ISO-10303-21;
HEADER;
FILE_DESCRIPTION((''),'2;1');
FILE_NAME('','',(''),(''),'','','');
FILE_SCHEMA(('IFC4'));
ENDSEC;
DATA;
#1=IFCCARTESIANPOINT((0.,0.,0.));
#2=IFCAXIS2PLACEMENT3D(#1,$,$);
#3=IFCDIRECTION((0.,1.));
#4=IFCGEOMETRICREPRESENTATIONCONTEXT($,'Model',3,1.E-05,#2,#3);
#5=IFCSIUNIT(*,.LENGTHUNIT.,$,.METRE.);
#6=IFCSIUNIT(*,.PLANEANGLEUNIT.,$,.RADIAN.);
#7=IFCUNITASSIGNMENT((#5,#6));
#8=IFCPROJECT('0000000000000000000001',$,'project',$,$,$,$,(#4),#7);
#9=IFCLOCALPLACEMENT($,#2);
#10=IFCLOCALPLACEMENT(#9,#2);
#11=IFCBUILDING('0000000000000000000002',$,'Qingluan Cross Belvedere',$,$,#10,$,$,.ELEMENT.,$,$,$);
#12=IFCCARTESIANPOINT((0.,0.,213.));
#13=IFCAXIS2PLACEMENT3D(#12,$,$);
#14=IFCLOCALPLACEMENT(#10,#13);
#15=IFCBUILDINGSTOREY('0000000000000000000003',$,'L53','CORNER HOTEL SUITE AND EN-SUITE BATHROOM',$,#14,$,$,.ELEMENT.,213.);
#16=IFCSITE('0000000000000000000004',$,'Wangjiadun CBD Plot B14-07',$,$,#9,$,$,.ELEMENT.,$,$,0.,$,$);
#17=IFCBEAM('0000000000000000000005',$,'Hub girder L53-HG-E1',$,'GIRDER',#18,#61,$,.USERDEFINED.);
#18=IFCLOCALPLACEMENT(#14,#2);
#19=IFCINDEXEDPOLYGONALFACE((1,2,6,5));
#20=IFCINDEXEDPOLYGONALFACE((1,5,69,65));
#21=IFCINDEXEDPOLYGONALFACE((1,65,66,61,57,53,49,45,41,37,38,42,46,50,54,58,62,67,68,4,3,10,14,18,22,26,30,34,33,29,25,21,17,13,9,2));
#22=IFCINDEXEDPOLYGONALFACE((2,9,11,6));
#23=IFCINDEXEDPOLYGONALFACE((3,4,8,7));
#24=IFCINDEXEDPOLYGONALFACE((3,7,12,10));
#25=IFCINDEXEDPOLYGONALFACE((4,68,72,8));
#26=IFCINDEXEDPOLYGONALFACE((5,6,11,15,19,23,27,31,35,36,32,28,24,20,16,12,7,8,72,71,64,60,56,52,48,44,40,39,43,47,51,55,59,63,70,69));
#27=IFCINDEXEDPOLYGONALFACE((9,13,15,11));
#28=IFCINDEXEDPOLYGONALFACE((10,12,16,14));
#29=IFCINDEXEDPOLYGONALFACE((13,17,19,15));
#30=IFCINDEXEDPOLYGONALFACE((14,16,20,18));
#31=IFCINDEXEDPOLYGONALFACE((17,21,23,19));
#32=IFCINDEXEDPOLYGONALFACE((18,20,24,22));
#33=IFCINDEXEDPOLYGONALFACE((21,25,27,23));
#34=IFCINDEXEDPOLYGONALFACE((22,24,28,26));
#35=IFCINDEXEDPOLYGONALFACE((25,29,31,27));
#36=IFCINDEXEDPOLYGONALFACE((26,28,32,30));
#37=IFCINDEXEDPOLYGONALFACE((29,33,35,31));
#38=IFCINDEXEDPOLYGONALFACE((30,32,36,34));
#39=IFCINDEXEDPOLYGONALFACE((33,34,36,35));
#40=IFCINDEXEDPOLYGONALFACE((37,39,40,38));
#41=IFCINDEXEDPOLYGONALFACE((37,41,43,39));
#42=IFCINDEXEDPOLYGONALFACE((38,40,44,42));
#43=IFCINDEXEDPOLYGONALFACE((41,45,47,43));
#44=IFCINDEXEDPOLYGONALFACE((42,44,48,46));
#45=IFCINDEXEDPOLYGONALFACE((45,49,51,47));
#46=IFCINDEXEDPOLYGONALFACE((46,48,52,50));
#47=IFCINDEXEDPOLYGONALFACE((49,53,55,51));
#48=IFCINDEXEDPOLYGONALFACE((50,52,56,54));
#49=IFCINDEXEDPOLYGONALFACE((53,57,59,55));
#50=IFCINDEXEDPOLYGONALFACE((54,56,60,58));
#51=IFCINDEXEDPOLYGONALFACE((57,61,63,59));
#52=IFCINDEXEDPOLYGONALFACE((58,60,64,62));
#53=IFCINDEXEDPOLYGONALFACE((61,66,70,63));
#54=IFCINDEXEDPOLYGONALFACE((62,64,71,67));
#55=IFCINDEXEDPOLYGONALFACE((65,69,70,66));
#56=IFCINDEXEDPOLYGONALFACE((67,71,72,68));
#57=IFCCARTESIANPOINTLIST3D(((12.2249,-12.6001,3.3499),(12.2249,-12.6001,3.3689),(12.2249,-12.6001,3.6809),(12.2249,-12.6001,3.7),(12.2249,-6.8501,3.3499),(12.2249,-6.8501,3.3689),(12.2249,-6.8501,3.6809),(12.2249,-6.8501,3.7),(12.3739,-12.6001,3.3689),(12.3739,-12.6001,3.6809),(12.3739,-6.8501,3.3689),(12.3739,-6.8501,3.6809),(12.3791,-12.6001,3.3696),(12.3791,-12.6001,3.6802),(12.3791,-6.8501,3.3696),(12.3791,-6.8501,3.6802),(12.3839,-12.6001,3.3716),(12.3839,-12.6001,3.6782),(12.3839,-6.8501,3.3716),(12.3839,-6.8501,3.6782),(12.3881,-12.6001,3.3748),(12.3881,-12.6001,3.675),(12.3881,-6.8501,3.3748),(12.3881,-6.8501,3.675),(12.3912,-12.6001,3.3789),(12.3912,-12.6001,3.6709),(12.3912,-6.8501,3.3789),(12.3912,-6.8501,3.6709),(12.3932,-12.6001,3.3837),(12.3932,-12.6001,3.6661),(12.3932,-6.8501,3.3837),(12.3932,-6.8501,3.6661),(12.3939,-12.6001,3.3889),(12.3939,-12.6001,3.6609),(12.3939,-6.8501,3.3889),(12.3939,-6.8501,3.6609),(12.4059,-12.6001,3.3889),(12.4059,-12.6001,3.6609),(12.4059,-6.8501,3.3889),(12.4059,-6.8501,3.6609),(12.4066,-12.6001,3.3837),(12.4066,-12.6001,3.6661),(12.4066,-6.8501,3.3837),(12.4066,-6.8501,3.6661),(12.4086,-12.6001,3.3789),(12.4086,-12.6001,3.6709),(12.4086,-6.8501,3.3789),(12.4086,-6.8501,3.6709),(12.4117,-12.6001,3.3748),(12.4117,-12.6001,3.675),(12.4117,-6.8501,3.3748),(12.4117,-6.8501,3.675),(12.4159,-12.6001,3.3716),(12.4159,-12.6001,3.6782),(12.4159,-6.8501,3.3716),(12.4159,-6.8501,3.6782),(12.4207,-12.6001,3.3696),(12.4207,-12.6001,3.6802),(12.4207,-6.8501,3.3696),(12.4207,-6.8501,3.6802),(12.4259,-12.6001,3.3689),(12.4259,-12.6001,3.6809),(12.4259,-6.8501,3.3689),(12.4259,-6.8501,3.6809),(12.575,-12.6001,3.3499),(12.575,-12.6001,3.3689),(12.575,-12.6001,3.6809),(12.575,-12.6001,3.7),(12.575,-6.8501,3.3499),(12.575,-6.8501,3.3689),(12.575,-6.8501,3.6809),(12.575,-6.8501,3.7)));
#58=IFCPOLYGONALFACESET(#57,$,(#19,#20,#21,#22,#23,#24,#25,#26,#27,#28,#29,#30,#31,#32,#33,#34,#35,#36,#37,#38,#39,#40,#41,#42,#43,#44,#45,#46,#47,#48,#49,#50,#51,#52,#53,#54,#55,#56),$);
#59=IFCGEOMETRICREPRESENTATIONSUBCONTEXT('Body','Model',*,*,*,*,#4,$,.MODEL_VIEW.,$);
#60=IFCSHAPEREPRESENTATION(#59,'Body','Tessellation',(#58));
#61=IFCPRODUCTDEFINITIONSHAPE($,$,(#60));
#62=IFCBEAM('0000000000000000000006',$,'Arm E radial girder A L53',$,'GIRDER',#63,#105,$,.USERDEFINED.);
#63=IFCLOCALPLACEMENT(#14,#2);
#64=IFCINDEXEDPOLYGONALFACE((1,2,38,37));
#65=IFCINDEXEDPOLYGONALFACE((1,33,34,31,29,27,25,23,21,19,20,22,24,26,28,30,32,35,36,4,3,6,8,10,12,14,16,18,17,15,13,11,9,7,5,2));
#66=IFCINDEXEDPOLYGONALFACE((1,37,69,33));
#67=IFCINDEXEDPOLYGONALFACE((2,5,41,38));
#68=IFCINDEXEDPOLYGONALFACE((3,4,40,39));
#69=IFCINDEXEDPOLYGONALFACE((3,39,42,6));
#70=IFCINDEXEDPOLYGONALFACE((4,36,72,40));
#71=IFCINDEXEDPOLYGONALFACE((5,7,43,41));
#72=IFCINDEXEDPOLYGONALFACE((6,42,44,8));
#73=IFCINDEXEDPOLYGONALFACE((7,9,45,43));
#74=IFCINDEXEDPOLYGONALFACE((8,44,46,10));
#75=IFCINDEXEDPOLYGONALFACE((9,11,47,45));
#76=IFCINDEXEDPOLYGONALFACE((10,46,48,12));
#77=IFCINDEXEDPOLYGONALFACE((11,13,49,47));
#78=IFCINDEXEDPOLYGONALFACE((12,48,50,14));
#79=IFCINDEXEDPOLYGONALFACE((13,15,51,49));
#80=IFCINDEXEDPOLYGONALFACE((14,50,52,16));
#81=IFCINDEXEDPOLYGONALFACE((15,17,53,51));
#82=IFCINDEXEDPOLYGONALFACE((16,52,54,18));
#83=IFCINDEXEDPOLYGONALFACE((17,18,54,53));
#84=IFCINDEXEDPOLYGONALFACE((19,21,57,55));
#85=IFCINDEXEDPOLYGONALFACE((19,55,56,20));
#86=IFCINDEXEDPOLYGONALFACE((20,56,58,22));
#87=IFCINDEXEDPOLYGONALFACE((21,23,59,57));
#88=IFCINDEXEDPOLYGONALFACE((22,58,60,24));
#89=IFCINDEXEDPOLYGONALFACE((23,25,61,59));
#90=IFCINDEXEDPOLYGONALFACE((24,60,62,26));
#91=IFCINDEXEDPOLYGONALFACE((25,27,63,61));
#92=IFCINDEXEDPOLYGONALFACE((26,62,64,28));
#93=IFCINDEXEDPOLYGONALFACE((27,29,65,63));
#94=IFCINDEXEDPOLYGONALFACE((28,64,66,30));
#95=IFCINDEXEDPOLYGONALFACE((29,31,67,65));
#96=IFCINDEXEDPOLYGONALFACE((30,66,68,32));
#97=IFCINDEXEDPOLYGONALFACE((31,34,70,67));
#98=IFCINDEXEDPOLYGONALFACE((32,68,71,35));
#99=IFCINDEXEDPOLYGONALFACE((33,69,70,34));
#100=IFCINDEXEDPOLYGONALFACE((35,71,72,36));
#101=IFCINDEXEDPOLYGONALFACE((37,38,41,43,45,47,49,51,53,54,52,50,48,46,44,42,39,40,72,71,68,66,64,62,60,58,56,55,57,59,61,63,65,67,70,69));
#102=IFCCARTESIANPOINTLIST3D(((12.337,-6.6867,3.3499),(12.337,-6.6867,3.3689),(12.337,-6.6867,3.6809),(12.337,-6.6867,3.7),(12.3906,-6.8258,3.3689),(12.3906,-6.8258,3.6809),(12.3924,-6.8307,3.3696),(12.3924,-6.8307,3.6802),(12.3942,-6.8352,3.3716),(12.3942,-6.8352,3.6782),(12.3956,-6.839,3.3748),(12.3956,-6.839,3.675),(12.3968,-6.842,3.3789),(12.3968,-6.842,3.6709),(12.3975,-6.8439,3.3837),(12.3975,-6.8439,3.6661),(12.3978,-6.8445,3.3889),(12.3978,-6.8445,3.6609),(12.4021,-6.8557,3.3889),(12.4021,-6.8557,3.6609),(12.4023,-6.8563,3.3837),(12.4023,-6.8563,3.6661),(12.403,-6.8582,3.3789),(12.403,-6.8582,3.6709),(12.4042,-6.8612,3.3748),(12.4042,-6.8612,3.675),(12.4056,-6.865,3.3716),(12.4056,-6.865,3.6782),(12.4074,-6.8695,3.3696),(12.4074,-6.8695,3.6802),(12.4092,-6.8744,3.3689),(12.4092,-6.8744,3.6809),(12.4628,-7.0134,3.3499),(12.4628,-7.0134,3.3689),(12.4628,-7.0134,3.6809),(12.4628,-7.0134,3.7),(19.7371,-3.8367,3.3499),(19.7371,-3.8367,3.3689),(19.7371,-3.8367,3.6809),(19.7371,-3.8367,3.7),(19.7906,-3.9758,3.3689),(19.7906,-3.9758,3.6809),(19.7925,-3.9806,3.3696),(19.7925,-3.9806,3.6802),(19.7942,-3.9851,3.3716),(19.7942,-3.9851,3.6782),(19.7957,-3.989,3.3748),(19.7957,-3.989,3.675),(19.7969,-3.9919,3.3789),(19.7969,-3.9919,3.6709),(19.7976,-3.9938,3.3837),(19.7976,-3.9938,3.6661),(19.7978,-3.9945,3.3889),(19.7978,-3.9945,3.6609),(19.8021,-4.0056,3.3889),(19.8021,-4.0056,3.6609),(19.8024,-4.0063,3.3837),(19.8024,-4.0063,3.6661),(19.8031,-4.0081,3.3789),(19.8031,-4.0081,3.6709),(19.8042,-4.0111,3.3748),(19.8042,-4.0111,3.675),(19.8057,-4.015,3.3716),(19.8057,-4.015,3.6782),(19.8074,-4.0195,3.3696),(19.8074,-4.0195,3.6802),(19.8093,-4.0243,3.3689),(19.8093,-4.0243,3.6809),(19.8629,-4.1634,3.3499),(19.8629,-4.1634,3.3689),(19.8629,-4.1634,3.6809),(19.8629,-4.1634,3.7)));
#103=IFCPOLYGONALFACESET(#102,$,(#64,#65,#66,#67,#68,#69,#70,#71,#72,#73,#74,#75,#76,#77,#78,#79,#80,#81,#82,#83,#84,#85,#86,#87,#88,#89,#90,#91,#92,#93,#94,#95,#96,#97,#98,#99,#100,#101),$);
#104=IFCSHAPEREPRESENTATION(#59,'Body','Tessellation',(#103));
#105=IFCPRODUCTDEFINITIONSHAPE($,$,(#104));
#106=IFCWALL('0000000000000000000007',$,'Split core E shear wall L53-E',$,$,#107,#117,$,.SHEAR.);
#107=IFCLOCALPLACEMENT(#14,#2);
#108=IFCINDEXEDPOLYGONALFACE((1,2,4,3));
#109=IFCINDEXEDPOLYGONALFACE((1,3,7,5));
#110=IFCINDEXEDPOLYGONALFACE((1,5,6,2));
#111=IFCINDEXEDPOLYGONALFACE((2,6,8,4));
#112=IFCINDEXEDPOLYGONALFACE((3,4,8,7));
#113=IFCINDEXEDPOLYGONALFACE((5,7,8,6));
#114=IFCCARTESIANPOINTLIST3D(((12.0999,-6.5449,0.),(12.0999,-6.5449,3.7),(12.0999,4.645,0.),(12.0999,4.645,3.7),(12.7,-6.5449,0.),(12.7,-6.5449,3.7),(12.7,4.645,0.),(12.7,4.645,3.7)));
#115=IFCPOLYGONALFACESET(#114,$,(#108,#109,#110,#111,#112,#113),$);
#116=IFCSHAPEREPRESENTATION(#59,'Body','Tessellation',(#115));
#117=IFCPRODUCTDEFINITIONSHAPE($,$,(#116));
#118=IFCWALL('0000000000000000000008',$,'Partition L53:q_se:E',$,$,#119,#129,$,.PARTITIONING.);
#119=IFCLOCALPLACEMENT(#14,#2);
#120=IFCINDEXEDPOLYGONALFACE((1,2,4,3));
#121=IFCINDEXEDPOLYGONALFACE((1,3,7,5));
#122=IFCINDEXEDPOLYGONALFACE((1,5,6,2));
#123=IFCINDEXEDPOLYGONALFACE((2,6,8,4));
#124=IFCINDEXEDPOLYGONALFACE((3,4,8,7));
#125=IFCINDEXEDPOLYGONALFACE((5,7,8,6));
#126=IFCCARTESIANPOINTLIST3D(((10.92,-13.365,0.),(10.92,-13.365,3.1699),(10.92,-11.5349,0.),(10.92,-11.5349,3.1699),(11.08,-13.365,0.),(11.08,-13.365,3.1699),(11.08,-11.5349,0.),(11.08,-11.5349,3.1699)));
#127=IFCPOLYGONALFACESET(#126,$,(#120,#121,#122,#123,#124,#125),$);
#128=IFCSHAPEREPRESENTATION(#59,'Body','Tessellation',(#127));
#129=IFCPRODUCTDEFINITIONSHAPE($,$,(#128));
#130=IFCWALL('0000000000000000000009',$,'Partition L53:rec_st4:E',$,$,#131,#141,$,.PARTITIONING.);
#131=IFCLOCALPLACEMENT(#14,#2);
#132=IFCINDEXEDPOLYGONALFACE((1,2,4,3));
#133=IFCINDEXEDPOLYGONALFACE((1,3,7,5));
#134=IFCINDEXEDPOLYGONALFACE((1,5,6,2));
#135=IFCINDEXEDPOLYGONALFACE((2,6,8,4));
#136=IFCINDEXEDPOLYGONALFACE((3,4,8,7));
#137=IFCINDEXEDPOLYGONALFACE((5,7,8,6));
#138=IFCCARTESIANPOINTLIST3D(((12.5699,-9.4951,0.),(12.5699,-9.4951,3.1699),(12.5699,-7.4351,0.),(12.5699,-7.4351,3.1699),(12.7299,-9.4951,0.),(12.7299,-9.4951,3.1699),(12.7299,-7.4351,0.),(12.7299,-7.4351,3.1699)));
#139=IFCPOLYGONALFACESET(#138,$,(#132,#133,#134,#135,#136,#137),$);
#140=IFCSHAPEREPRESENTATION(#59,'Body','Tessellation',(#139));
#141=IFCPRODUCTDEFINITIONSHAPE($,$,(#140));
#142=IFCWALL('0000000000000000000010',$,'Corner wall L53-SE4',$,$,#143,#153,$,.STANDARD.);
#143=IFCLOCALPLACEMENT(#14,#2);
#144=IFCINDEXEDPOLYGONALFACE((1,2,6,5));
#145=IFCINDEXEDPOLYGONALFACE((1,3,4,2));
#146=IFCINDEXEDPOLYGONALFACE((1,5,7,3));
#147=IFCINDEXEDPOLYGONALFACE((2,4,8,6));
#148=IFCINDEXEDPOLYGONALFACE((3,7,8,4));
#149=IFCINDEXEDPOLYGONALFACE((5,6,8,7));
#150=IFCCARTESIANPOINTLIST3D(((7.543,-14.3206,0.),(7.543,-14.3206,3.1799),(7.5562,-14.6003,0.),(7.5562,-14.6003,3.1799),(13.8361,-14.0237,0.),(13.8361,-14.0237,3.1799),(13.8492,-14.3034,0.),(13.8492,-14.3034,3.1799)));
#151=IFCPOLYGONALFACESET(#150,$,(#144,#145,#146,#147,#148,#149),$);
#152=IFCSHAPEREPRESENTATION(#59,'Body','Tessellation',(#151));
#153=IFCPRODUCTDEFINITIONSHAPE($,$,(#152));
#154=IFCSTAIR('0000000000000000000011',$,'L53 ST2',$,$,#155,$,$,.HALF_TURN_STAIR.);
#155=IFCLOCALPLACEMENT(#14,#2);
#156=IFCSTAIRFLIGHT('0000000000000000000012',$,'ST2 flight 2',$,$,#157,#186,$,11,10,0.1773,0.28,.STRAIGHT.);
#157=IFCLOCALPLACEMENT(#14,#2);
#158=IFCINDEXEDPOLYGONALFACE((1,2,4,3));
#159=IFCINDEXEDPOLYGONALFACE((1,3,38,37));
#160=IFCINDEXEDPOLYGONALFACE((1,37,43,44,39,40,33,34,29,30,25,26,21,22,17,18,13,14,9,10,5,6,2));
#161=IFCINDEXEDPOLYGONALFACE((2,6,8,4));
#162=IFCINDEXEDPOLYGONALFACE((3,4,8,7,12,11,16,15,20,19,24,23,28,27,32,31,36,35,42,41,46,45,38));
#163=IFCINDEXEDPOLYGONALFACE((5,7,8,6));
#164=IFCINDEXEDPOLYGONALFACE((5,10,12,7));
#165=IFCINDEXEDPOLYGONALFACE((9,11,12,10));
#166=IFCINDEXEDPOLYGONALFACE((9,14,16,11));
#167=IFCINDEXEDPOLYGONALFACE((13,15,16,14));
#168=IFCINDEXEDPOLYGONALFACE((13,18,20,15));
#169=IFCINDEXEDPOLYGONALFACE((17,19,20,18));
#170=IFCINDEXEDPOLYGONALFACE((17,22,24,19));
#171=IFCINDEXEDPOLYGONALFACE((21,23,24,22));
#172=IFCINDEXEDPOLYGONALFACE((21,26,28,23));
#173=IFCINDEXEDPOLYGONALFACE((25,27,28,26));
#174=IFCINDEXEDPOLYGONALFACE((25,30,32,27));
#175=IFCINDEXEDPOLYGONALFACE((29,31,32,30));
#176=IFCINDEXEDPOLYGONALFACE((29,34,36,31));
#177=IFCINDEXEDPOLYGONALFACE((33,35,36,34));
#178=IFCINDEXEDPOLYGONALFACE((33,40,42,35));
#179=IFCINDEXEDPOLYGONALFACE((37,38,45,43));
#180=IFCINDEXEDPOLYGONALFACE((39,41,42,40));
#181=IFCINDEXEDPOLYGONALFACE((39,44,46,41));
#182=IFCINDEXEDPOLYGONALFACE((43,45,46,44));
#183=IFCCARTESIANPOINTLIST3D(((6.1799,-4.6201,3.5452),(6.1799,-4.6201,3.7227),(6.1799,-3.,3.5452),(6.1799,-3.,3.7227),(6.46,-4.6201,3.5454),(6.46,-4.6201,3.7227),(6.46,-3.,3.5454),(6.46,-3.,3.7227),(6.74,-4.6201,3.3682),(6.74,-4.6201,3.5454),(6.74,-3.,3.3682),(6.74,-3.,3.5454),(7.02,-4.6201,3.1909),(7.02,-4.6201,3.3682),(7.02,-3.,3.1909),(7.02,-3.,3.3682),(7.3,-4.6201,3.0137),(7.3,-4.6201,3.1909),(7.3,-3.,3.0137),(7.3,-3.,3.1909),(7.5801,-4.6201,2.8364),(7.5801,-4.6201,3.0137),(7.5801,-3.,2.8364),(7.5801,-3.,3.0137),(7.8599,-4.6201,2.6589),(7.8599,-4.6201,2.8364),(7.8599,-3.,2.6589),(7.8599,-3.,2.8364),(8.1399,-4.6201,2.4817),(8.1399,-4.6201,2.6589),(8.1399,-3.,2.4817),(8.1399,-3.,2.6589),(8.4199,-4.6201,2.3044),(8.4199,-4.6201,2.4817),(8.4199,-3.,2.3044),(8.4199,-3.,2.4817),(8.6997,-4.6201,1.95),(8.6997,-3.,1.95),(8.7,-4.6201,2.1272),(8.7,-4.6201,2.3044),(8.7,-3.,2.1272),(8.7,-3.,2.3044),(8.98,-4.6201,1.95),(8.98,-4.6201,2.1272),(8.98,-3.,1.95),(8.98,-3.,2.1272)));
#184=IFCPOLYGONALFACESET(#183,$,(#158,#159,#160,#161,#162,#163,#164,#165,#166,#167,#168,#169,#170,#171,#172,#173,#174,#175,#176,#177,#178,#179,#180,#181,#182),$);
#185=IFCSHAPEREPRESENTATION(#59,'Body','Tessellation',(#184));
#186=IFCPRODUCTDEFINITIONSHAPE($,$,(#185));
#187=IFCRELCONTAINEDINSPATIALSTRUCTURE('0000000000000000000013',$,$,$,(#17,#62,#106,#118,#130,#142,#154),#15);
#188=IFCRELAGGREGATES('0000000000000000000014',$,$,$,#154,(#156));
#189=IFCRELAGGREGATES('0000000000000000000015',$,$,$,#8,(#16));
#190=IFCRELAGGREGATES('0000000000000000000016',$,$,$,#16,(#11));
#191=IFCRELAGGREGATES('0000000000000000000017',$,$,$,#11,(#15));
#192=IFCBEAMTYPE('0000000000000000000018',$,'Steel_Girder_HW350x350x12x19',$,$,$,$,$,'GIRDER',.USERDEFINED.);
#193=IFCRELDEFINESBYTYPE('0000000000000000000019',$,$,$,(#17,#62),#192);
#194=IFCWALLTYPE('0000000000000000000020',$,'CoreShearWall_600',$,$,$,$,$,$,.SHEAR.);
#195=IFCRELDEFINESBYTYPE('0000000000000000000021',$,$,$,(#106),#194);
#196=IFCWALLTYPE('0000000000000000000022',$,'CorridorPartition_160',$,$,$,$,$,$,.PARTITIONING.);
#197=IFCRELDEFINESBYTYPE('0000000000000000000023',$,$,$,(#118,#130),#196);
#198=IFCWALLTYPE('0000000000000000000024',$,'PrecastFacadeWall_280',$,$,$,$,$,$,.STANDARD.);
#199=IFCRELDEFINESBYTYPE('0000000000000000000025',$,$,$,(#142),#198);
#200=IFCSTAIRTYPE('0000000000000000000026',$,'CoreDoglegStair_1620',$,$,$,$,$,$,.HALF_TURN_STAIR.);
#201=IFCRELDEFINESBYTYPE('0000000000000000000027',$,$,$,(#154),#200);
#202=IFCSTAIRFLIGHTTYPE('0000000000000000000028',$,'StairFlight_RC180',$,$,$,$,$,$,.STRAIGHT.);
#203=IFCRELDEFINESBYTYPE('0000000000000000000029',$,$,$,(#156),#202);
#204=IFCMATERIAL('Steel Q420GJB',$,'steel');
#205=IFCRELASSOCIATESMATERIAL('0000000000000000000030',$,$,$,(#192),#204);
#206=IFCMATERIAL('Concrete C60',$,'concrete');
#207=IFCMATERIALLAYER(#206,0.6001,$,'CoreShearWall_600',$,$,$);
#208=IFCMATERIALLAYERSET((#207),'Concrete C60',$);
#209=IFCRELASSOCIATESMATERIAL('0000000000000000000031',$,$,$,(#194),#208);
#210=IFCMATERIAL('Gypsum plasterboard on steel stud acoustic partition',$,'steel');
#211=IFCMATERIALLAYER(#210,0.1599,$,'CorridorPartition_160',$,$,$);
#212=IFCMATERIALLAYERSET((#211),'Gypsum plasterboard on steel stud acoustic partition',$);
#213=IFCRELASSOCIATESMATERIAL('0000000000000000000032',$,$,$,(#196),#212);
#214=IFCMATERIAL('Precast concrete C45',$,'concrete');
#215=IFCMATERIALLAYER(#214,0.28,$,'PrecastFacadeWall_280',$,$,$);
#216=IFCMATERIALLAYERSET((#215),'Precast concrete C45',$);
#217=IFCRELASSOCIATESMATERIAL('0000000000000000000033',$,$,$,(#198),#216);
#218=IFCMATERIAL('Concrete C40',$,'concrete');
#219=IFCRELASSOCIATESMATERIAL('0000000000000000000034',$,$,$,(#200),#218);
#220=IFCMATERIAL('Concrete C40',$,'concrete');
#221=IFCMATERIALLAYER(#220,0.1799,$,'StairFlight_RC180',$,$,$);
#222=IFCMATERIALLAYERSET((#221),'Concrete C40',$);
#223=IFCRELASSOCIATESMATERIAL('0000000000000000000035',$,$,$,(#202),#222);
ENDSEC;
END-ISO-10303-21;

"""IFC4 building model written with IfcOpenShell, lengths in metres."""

from ifc_helpers import new_model, si_unit, direction, frame, frame_2d, origin, origin_2d, place, context, subcontext, project, spatial, polyline, rectangle, i_section, outline, extrude, material, layer, layer_set, material_profile, profile_set, type_object, element, aggregate, save


model = new_model("IFC4")

# Units and contexts
model_context = context("Model", 3, precision=1e-05, world=origin(), true_north=direction((0.0, 1.0)))
body_context = subcontext(model_context, "Body", "Model", "MODEL_VIEW")
ifc_project = project(units=[si_unit("LENGTHUNIT", "METRE"), si_unit("PLANEANGLEUNIT", "RADIAN")], contexts=[model_context])

# Site, building, storey
site_placement = place(None, origin())
site = spatial("IfcSite", under=ifc_project, at=site_placement, Name="Wangjiadun CBD Plot B14-07", CompositionType="ELEMENT", RefElevation=0.0)
building_placement = place(site_placement, origin())
building = spatial("IfcBuilding", under=site, at=building_placement, Name="Qingluan Cross Belvedere", CompositionType="ELEMENT")
storey_placement = place(building_placement, frame((0.0, 0.0, 213.0)))
storey = spatial("IfcBuildingStorey", under=building, at=storey_placement, Name="L53", Description="CORNER HOTEL SUITE AND EN-SUITE BATHROOM", CompositionType="ELEMENT", Elevation=213.0)

# Beams
ifc_material_1 = material(Name="Steel Q420GJB", Category="steel")
ifc_material_profile_1 = material_profile(ifc_material_1, i_section(OverallWidth=0.3501, OverallDepth=0.3501, WebThickness=0.012, FlangeThickness=0.019, FilletRadius=0.02, at=origin_2d()), Name="HW350x350x12x19")
ifc_profile_set_1 = profile_set([ifc_material_profile_1], Name="Steel Q420GJB")
beam_type_1 = type_object("IfcBeamType", Name="Steel_Girder_HW350x350x12x19", ElementType="GIRDER", PredefinedType="USERDEFINED", material=ifc_profile_set_1)
beam_1_placement = place(storey_placement, frame((12.3999, -12.6001, 3.5249), z_axis=(0.0, 1.0, 0.0), x_axis=(-1.0, 0.0, 0.0)))
element("IfcBeam", 1, at=beam_1_placement, inside=storey, type_object=beam_type_1, Name="Hub girder L53-HG-E1", ObjectType="GIRDER", PredefinedType="USERDEFINED", context=body_context, shape_type="SweptSolid", body=[
    extrude(i_section(OverallWidth=0.3501, OverallDepth=0.3501, WebThickness=0.012, FlangeThickness=0.019, FilletRadius=0.02, at=origin_2d()), origin(), (0.0, 0.0, 1.0), 5.75),
])
beam_2_placement = place(storey_placement, frame((12.3999, -6.8501, 3.5249), z_axis=(0.933181, 0.359406, 0.0), x_axis=(-0.359406, 0.933181, 0.0)))
element("IfcBeam", 2, at=beam_2_placement, inside=storey, type_object=beam_type_1, Name="Arm E radial girder A L53", ObjectType="GIRDER", PredefinedType="USERDEFINED", context=body_context, shape_type="SweptSolid", body=[
    extrude(i_section(OverallWidth=0.3501, OverallDepth=0.3501, WebThickness=0.012, FlangeThickness=0.019, FilletRadius=0.02, at=origin_2d()), origin(), (0.0, 0.0, 1.0), 7.9299),
])

# Walls
ifc_material_2 = material(Name="Concrete C60", Category="concrete")
ifc_layer_1 = layer(ifc_material_2, 0.6001, Name="CoreShearWall_600")
ifc_layer_set_1 = layer_set([ifc_layer_1], Name="Concrete C60")
wall_type_1 = type_object("IfcWallType", Name="CoreShearWall_600", PredefinedType="SHEAR", material=ifc_layer_set_1)
wall_1_placement = place(storey_placement, frame((12.3999, -6.5449, 0.0), z_axis=(0.0, 0.0, 1.0), x_axis=(0.0, 1.0, 0.0)))
element("IfcWall", 3, at=wall_1_placement, inside=storey, type_object=wall_type_1, Name="Split core E shear wall L53-E", PredefinedType="SHEAR", context=body_context, shape_type="SweptSolid", body=[
    extrude(rectangle(XDim=11.1899, YDim=0.6001, at=frame_2d((5.595, 0.0))), origin(), (0.0, 0.0, 1.0), 3.7),
])
ifc_material_3 = material(Name="Gypsum plasterboard on steel stud acoustic partition", Category="steel")
ifc_layer_2 = layer(ifc_material_3, 0.1599, Name="CorridorPartition_160")
ifc_layer_set_2 = layer_set([ifc_layer_2], Name="Gypsum plasterboard on steel stud acoustic partition")
wall_type_2 = type_object("IfcWallType", Name="CorridorPartition_160", PredefinedType="PARTITIONING", material=ifc_layer_set_2)
wall_2_placement = place(storey_placement, frame((11.0, -13.365, 0.0), z_axis=(0.0, 0.0, 1.0), x_axis=(0.0, 1.0, 0.0)))
element("IfcWall", 4, at=wall_2_placement, inside=storey, type_object=wall_type_2, Name="Partition L53:q_se:E", PredefinedType="PARTITIONING", context=body_context, shape_type="SweptSolid", body=[
    extrude(rectangle(XDim=1.8301, YDim=0.1599, at=frame_2d((0.915, 0.0))), origin(), (0.0, 0.0, 1.0), 3.1699),
])
wall_3_placement = place(storey_placement, frame((12.6499, -9.4951, 0.0), z_axis=(0.0, 0.0, 1.0), x_axis=(0.0, 1.0, 0.0)))
element("IfcWall", 5, at=wall_3_placement, inside=storey, type_object=wall_type_2, Name="Partition L53:rec_st4:E", PredefinedType="PARTITIONING", context=body_context, shape_type="SweptSolid", body=[
    extrude(rectangle(XDim=2.0601, YDim=0.1599, at=frame_2d((1.03, 0.0))), origin(), (0.0, 0.0, 1.0), 3.1699),
])
ifc_material_4 = material(Name="Precast concrete C45", Category="concrete")
ifc_layer_3 = layer(ifc_material_4, 0.28, Name="PrecastFacadeWall_280")
ifc_layer_set_3 = layer_set([ifc_layer_3], Name="Precast concrete C45")
wall_type_3 = type_object("IfcWallType", Name="PrecastFacadeWall_280", PredefinedType="STANDARD", material=ifc_layer_set_3)
wall_4_placement = place(storey_placement, frame((13.8425, -14.1636, 0.0), z_axis=(0.0, 0.0, 1.0), x_axis=(-0.998889, -0.047123, 0.0)))
element("IfcWall", 6, at=wall_4_placement, inside=storey, type_object=wall_type_3, Name="Corner wall L53-SE4", PredefinedType="STANDARD", context=body_context, shape_type="SweptSolid", body=[
    extrude(rectangle(XDim=6.3, YDim=0.28, at=frame_2d((3.1499, 0.0))), origin(), (0.0, 0.0, 1.0), 3.1799),
])

# Stair, stair flight
ifc_material_5 = material(Name="Concrete C40", Category="concrete")
stair_type = type_object("IfcStairType", Name="CoreDoglegStair_1620", PredefinedType="HALF_TURN_STAIR", material=ifc_material_5)
stair_placement = place(storey_placement, origin())
stair = element("IfcStair", 7, at=stair_placement, inside=storey, type_object=stair_type, Name="L53 ST2", PredefinedType="HALF_TURN_STAIR")
ifc_material_6 = material(Name="Concrete C40", Category="concrete")
ifc_layer_4 = layer(ifc_material_6, 0.1799, Name="StairFlight_RC180")
ifc_layer_set_4 = layer_set([ifc_layer_4], Name="Concrete C40")
stair_flight_type = type_object("IfcStairFlightType", Name="StairFlight_RC180", PredefinedType="STRAIGHT", material=ifc_layer_set_4)
stair_flight_placement = place(storey_placement, frame((8.98, -3.8101, 1.95), z_axis=(0.0, 0.0, 1.0), x_axis=(-1.0, 0.0, 0.0)))
stair_flight = element("IfcStairFlight", 8, at=stair_flight_placement, type_object=stair_flight_type, Name="ST2 flight 2", NumberOfRisers=11, NumberOfTreads=10, PredefinedType="STRAIGHT", RiserHeight=0.1773, TreadLength=0.28, context=body_context, shape_type="SweptSolid", body=[
    extrude(outline(polyline([(0.0, 0.0), (0.0, 0.1772), (0.28, 0.1772), (0.28, 0.3545), (0.5601, 0.3545), (0.5601, 0.5317), (0.8401, 0.5317), (0.8401, 0.709), (1.1201, 0.709), (1.1201, 0.8865), (1.3999, 0.8865), (1.3999, 1.0637), (1.6799, 1.0637), (1.6799, 1.241), (1.96, 1.241), (1.96, 1.4182), (2.24, 1.4182), (2.24, 1.5955), (2.52, 1.5955), (2.52, 1.7727), (2.8, 1.7727), (2.8, 1.95), (2.8, 1.5952), (0.2803, 0.0), (0.0, 0.0)])), frame((0.0, 0.8101, 0.0), z_axis=(0.0, -1.0, 0.0), x_axis=(1.0, 0.0, 0.0)), (0.0, 0.0, 1.0), 1.6201),
])
aggregate(stair, [stair_flight])

save(model, "model.ifc")
